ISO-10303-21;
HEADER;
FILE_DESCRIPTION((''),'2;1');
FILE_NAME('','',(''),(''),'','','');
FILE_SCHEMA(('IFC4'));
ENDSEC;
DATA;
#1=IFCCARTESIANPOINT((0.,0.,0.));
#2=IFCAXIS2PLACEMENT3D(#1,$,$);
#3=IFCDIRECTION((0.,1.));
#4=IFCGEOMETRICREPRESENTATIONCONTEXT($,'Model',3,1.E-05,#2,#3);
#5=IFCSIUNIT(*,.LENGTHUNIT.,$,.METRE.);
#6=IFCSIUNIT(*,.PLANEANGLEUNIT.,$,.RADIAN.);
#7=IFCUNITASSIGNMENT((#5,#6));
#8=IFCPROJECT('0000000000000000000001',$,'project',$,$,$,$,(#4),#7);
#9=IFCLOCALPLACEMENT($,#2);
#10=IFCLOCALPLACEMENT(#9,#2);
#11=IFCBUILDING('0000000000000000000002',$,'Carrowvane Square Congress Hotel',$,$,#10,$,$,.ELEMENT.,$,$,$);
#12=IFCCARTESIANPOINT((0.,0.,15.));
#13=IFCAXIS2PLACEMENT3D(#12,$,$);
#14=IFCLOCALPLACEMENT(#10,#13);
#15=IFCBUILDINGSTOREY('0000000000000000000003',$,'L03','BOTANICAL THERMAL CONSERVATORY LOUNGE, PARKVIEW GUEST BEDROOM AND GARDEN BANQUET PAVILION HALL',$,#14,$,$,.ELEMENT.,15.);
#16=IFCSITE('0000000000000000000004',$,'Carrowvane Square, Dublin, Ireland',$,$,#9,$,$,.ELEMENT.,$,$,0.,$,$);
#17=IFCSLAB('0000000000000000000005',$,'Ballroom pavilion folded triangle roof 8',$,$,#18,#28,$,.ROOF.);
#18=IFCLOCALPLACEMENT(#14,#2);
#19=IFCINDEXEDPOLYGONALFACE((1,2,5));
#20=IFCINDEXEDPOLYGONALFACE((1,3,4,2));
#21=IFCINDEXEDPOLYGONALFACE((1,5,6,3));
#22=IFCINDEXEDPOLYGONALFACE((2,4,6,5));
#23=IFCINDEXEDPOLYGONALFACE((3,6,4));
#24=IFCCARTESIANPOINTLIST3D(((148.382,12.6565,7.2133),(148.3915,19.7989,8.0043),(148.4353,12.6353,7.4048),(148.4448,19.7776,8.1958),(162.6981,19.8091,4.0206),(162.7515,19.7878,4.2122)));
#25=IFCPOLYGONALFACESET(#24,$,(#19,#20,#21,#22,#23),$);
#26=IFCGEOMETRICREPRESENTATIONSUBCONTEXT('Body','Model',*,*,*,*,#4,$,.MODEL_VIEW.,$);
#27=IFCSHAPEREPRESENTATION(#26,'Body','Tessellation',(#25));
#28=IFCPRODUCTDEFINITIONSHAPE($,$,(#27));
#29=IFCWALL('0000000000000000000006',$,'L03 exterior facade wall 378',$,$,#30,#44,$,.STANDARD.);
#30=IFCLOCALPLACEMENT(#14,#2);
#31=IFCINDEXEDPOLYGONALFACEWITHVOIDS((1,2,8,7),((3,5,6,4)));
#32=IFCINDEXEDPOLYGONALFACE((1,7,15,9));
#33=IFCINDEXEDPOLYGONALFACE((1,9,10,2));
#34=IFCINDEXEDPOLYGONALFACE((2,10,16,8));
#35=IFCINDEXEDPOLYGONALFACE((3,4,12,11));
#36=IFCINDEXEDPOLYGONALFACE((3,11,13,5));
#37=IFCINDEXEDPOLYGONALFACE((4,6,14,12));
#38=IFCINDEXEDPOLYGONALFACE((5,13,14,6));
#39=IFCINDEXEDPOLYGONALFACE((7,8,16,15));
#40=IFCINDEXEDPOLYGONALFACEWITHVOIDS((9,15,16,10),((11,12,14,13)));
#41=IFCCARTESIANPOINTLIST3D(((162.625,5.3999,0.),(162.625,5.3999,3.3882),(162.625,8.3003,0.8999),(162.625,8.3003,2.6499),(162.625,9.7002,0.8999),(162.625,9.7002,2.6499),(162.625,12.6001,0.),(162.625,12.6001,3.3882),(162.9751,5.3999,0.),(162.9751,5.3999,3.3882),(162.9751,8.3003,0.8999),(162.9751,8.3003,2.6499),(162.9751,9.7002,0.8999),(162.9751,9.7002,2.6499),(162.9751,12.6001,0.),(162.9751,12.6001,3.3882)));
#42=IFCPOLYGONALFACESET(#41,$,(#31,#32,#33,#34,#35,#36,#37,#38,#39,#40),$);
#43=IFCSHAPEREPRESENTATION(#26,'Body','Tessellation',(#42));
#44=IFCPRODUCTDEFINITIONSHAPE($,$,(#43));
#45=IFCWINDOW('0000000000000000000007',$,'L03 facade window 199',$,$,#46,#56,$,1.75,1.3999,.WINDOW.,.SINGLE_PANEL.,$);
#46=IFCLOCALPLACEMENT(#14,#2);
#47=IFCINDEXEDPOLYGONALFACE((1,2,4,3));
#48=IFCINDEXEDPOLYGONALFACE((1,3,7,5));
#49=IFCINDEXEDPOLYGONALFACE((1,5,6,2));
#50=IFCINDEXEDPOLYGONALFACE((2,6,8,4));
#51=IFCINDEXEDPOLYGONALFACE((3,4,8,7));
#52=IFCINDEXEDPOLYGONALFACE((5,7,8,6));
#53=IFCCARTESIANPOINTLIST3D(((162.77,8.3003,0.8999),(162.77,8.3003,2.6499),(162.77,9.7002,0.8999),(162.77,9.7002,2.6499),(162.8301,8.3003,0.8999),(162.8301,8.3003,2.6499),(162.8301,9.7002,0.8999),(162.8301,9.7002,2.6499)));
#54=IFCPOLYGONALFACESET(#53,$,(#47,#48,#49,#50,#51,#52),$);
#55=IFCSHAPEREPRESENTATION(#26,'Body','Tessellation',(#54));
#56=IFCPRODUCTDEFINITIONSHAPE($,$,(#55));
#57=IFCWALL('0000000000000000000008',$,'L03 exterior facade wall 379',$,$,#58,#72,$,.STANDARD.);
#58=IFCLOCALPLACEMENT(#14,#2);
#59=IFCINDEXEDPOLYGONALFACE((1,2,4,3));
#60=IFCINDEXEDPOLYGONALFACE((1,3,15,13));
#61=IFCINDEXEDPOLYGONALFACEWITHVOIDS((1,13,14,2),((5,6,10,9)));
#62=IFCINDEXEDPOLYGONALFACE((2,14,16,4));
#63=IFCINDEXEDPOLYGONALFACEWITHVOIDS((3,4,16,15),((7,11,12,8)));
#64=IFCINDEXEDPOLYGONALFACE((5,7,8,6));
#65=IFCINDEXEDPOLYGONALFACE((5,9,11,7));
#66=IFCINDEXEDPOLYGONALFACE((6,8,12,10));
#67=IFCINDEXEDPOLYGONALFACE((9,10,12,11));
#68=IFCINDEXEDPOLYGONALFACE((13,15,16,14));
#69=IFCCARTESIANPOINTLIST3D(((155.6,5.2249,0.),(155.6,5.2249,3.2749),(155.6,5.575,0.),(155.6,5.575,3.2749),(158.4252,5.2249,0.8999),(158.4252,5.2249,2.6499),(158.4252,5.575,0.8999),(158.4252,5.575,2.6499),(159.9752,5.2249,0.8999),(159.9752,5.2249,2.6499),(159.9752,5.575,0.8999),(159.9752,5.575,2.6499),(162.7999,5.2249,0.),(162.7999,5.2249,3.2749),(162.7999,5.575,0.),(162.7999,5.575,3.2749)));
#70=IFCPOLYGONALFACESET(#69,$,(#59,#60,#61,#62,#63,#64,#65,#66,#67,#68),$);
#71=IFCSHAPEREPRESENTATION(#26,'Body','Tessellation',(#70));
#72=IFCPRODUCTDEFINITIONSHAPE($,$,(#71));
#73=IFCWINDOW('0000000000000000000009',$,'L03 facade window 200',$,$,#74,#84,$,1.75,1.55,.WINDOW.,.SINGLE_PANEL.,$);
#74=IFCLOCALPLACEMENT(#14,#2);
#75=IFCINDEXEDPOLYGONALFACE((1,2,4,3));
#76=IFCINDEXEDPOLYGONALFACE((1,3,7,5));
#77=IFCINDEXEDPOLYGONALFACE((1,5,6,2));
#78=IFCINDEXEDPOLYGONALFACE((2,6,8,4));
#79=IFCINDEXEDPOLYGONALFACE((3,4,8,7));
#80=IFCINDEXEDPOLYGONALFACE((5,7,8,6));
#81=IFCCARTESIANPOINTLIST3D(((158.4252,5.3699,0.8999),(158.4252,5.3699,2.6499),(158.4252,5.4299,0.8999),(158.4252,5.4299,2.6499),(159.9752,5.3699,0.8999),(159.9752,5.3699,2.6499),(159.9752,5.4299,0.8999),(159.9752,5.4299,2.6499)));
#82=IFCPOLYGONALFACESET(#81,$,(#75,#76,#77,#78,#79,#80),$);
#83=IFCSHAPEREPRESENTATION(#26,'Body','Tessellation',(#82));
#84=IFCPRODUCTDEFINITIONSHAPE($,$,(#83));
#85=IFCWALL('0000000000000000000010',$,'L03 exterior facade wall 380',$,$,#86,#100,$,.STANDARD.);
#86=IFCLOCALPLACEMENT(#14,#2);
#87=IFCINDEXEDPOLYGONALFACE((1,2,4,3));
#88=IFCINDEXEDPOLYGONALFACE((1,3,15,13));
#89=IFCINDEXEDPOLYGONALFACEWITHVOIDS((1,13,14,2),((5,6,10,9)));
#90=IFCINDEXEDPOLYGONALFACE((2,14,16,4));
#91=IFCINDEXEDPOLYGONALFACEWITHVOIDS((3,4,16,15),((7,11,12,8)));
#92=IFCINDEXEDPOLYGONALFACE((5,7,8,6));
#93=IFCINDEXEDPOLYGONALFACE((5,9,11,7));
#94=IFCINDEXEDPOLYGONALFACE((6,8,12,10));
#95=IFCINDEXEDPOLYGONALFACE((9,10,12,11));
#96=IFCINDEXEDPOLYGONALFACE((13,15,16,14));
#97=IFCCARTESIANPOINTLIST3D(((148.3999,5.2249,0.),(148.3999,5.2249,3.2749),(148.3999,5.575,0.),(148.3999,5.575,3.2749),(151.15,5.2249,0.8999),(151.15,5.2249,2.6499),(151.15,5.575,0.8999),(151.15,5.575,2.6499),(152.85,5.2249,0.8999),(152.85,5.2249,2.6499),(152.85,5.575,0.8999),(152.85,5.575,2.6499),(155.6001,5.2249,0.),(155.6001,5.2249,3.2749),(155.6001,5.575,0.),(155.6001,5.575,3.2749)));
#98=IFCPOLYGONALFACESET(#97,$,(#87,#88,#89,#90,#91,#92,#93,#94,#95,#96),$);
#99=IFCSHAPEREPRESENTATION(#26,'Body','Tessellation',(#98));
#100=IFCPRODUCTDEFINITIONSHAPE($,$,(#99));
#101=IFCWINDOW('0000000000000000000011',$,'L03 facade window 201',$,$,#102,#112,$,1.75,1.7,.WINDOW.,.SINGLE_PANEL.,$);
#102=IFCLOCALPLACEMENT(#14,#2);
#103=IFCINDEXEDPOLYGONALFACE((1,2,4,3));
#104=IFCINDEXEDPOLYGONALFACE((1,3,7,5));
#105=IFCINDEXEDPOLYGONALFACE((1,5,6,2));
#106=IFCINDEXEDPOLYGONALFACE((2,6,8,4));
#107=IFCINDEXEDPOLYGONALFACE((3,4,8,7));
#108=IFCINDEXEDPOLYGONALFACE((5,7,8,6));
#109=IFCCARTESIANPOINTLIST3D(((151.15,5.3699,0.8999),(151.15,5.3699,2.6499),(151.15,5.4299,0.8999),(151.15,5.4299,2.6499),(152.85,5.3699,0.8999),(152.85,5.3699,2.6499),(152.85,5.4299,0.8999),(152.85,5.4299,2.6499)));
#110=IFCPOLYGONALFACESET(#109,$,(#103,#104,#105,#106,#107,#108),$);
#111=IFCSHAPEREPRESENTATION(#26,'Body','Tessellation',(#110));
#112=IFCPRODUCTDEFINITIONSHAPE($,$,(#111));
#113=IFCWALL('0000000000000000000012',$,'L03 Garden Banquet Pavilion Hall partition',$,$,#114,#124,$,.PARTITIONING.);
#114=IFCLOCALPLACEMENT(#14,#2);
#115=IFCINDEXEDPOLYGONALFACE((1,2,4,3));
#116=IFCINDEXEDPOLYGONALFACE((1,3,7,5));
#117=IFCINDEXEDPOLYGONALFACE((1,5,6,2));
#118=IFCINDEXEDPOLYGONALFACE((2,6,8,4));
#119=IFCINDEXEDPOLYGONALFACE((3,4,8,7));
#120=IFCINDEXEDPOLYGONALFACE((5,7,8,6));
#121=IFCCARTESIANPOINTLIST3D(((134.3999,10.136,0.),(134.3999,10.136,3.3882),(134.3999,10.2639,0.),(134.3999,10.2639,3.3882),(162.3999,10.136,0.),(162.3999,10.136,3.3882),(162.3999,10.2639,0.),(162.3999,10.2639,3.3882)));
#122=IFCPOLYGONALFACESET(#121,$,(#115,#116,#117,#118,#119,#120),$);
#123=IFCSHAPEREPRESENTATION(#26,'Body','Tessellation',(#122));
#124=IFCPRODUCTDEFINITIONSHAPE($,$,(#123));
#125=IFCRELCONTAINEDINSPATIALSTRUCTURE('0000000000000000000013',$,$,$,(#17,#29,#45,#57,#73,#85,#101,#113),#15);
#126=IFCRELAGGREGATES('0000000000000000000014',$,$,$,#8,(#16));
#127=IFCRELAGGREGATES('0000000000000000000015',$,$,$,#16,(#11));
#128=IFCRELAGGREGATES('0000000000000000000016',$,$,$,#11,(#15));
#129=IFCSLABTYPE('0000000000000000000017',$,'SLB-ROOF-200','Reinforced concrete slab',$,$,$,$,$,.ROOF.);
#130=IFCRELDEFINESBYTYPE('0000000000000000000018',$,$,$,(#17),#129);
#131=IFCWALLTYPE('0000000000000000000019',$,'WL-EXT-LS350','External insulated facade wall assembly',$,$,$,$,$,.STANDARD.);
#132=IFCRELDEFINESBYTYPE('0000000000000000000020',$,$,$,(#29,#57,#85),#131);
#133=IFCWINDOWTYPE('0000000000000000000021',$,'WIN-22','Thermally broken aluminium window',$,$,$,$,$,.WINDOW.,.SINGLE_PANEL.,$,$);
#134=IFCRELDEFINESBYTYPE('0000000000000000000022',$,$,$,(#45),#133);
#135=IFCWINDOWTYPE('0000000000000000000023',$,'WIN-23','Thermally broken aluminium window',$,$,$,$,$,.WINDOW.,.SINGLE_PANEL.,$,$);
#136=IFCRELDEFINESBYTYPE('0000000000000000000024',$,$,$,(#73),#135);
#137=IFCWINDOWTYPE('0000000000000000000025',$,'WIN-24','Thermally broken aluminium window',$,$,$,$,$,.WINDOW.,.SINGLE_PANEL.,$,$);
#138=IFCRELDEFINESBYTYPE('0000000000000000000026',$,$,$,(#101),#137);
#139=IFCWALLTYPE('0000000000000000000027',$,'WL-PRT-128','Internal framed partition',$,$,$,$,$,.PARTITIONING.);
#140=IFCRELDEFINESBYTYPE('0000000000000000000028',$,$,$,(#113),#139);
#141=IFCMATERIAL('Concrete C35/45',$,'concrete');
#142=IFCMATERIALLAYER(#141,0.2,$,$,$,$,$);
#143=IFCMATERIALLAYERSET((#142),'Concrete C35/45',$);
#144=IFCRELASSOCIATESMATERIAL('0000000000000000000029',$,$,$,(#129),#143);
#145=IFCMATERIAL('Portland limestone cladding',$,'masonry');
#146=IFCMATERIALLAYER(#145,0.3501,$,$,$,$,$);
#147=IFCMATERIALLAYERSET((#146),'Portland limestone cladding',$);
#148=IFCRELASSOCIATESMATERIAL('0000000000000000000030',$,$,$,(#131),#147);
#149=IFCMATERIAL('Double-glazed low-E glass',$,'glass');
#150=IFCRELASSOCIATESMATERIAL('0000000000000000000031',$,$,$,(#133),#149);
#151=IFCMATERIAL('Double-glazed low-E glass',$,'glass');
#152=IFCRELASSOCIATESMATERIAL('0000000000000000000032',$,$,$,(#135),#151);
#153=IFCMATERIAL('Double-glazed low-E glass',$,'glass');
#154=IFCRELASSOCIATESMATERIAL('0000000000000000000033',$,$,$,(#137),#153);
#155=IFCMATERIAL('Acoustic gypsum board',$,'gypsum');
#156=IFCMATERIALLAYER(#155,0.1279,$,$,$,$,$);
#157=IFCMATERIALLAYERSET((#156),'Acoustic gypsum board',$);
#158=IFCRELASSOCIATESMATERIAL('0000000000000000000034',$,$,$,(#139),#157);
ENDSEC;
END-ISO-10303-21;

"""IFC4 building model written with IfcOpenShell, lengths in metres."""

from ifc_helpers import new_model, si_unit, direction, frame, frame_2d, origin, place, context, subcontext, project, spatial, polyline, rectangle, outline, extrude, material, layer, layer_set, type_object, element, fill, save


model = new_model("IFC4")

# Units and contexts
model_context = context("Model", 3, precision=1e-05, world=origin(), true_north=direction((0.0, 1.0)))
body_context = subcontext(model_context, "Body", "Model", "MODEL_VIEW")
ifc_project = project(units=[si_unit("LENGTHUNIT", "METRE"), si_unit("PLANEANGLEUNIT", "RADIAN")], contexts=[model_context])

# Site, building, storey
site_placement = place(None, origin())
site = spatial("IfcSite", under=ifc_project, at=site_placement, Name="Carrowvane Square, Dublin, Ireland", CompositionType="ELEMENT", RefElevation=0.0)
building_placement = place(site_placement, origin())
building = spatial("IfcBuilding", under=site, at=building_placement, Name="Carrowvane Square Congress Hotel", CompositionType="ELEMENT")
storey_placement = place(building_placement, frame((0.0, 0.0, 15.0)))
storey = spatial("IfcBuildingStorey", under=building, at=storey_placement, Name="L03", Description="BOTANICAL THERMAL CONSERVATORY LOUNGE, PARKVIEW GUEST BEDROOM AND GARDEN BANQUET PAVILION HALL", CompositionType="ELEMENT", Elevation=15.0)

# Slab
ifc_material_1 = material(Name="Concrete C35/45", Category="concrete")
ifc_layer_1 = layer(ifc_material_1, 0.2)
ifc_layer_set_1 = layer_set([ifc_layer_1], Name="Concrete C35/45")
slab_type = type_object("IfcSlabType", Name="SLB-ROOF-200", Description="Reinforced concrete slab", PredefinedType="ROOF", material=ifc_layer_set_1)
slab_1_placement = place(storey_placement, frame((148.4353, 12.6353, 7.4048), z_axis=(0.266789, -0.106439, 0.957859), x_axis=(0.877278, 0.438302, -0.19564)))
element("IfcSlab", 1, at=slab_1_placement, inside=storey, type_object=slab_type, Name="Ballroom pavilion folded triangle roof 8", PredefinedType="ROOF", context=body_context, shape_type="SweptSolid", body=[
    extrude(outline(polyline([(0.0, 0.0), (16.3189, 0.0), (2.9841, 6.5371), (0.0, 0.0)])), origin(), (0.0, 0.0, -1.0), 0.2),
])

# Walls, openings, windows
ifc_material_2 = material(Name="Portland limestone cladding", Category="masonry")
ifc_layer_2 = layer(ifc_material_2, 0.3501)
ifc_layer_set_2 = layer_set([ifc_layer_2], Name="Portland limestone cladding")
wall_type_1 = type_object("IfcWallType", Name="WL-EXT-LS350", Description="External insulated facade wall assembly", PredefinedType="STANDARD", material=ifc_layer_set_2)
wall_1_placement = place(storey_placement, frame((162.8, 12.6001, 0.0), z_axis=(0.0, 0.0, 1.0), x_axis=(0.0, -1.0, 0.0)))
wall_1 = element("IfcWall", 2, at=wall_1_placement, inside=storey, type_object=wall_type_1, Name="L03 exterior facade wall 378", PredefinedType="STANDARD", context=body_context, shape_type="SweptSolid", body=[
    extrude(rectangle(XDim=7.2002, YDim=0.3501, at=frame_2d((3.6001, 0.0))), origin(), (0.0, 0.0, 1.0), 3.3882),
])
opening_1_placement = place(wall_1_placement, frame((2.8999, 0.0, 0.8999)))
opening_1 = element("IfcOpeningElement", 3, at=opening_1_placement, cuts=wall_1, PredefinedType="OPENING", context=body_context, shape_type="SweptSolid", body=[
    extrude(rectangle(XDim=1.3999, YDim=1.75, at=frame_2d((0.7, 0.875))), frame((0.0, 0.1851, 0.0), z_axis=(0.0, -1.0, 0.0), x_axis=(1.0, 0.0, 0.0)), (0.0, 0.0, 1.0), 0.3701),
])
ifc_material_3 = material(Name="Double-glazed low-E glass", Category="glass")
window_type_1 = type_object("IfcWindowType", Name="WIN-22", Description="Thermally broken aluminium window", PartitioningType="SINGLE_PANEL", PredefinedType="WINDOW", material=ifc_material_3)
window_1_placement = place(opening_1_placement, origin())
window_1 = element("IfcWindow", 4, at=window_1_placement, inside=storey, type_object=window_type_1, Name="L03 facade window 199", OverallHeight=1.75, OverallWidth=1.3999, PartitioningType="SINGLE_PANEL", PredefinedType="WINDOW", context=body_context, shape_type="SweptSolid", body=[
    extrude(rectangle(XDim=1.3999, YDim=1.75, at=frame_2d((0.7, 0.875))), frame((0.0, 0.03, 0.0), z_axis=(0.0, -1.0, 0.0), x_axis=(1.0, 0.0, 0.0)), (0.0, 0.0, 1.0), 0.0601),
])
fill(opening_1, window_1)
wall_2_placement = place(storey_placement, frame((162.8, 5.3999, 0.0), z_axis=(0.0, 0.0, 1.0), x_axis=(-1.0, 0.0, 0.0)))
wall_2 = element("IfcWall", 5, at=wall_2_placement, inside=storey, type_object=wall_type_1, Name="L03 exterior facade wall 379", PredefinedType="STANDARD", context=body_context, shape_type="SweptSolid", body=[
    extrude(rectangle(XDim=7.2, YDim=0.3501, at=frame_2d((3.6001, 0.0))), origin(), (0.0, 0.0, 1.0), 3.2749),
])
opening_2_placement = place(wall_2_placement, frame((2.825, 0.0, 0.8999)))
opening_2 = element("IfcOpeningElement", 6, at=opening_2_placement, cuts=wall_2, PredefinedType="OPENING", context=body_context, shape_type="SweptSolid", body=[
    extrude(rectangle(XDim=1.55, YDim=1.75, at=frame_2d((0.7749, 0.875))), frame((0.0, 0.1851, 0.0), z_axis=(0.0, -1.0, 0.0), x_axis=(1.0, 0.0, 0.0)), (0.0, 0.0, 1.0), 0.3701),
])
ifc_material_4 = material(Name="Double-glazed low-E glass", Category="glass")
window_type_2 = type_object("IfcWindowType", Name="WIN-23", Description="Thermally broken aluminium window", PartitioningType="SINGLE_PANEL", PredefinedType="WINDOW", material=ifc_material_4)
window_2_placement = place(opening_2_placement, origin())
window_2 = element("IfcWindow", 7, at=window_2_placement, inside=storey, type_object=window_type_2, Name="L03 facade window 200", OverallHeight=1.75, OverallWidth=1.55, PartitioningType="SINGLE_PANEL", PredefinedType="WINDOW", context=body_context, shape_type="SweptSolid", body=[
    extrude(rectangle(XDim=1.55, YDim=1.75, at=frame_2d((0.7749, 0.875))), frame((0.0, 0.03, 0.0), z_axis=(0.0, -1.0, 0.0), x_axis=(1.0, 0.0, 0.0)), (0.0, 0.0, 1.0), 0.0601),
])
fill(opening_2, window_2)
wall_3_placement = place(storey_placement, frame((155.6001, 5.3999, 0.0), z_axis=(0.0, 0.0, 1.0), x_axis=(-1.0, 0.0, 0.0)))
wall_3 = element("IfcWall", 8, at=wall_3_placement, inside=storey, type_object=wall_type_1, Name="L03 exterior facade wall 380", PredefinedType="STANDARD", context=body_context, shape_type="SweptSolid", body=[
    extrude(rectangle(XDim=7.2002, YDim=0.3501, at=frame_2d((3.6001, 0.0))), origin(), (0.0, 0.0, 1.0), 3.2749),
])
opening_3_placement = place(wall_3_placement, frame((2.75, 0.0, 0.8999)))
opening_3 = element("IfcOpeningElement", 9, at=opening_3_placement, cuts=wall_3, PredefinedType="OPENING", context=body_context, shape_type="SweptSolid", body=[
    extrude(rectangle(XDim=1.7, YDim=1.75, at=frame_2d((0.8501, 0.875))), frame((0.0, 0.1851, 0.0), z_axis=(0.0, -1.0, 0.0), x_axis=(1.0, 0.0, 0.0)), (0.0, 0.0, 1.0), 0.3701),
])
ifc_material_5 = material(Name="Double-glazed low-E glass", Category="glass")
window_type_3 = type_object("IfcWindowType", Name="WIN-24", Description="Thermally broken aluminium window", PartitioningType="SINGLE_PANEL", PredefinedType="WINDOW", material=ifc_material_5)
window_3_placement = place(opening_3_placement, origin())
window_3 = element("IfcWindow", 10, at=window_3_placement, inside=storey, type_object=window_type_3, Name="L03 facade window 201", OverallHeight=1.75, OverallWidth=1.7, PartitioningType="SINGLE_PANEL", PredefinedType="WINDOW", context=body_context, shape_type="SweptSolid", body=[
    extrude(rectangle(XDim=1.7, YDim=1.75, at=frame_2d((0.8501, 0.875))), frame((0.0, 0.03, 0.0), z_axis=(0.0, -1.0, 0.0), x_axis=(1.0, 0.0, 0.0)), (0.0, 0.0, 1.0), 0.0601),
])
fill(opening_3, window_3)

# Wall
ifc_material_6 = material(Name="Acoustic gypsum board", Category="gypsum")
ifc_layer_3 = layer(ifc_material_6, 0.1279)
ifc_layer_set_3 = layer_set([ifc_layer_3], Name="Acoustic gypsum board")
wall_type_2 = type_object("IfcWallType", Name="WL-PRT-128", Description="Internal framed partition", PredefinedType="PARTITIONING", material=ifc_layer_set_3)
wall_4_placement = place(storey_placement, frame((162.3999, 10.2, 0.0), z_axis=(0.0, 0.0, 1.0), x_axis=(-1.0, 0.0, 0.0)))
element("IfcWall", 11, at=wall_4_placement, inside=storey, type_object=wall_type_2, Name="L03 Garden Banquet Pavilion Hall partition", PredefinedType="PARTITIONING", context=body_context, shape_type="SweptSolid", body=[
    extrude(rectangle(XDim=28.0, YDim=0.1279, at=frame_2d((14.0, 0.0))), origin(), (0.0, 0.0, 1.0), 3.3882),
])

save(model, "model.ifc")
